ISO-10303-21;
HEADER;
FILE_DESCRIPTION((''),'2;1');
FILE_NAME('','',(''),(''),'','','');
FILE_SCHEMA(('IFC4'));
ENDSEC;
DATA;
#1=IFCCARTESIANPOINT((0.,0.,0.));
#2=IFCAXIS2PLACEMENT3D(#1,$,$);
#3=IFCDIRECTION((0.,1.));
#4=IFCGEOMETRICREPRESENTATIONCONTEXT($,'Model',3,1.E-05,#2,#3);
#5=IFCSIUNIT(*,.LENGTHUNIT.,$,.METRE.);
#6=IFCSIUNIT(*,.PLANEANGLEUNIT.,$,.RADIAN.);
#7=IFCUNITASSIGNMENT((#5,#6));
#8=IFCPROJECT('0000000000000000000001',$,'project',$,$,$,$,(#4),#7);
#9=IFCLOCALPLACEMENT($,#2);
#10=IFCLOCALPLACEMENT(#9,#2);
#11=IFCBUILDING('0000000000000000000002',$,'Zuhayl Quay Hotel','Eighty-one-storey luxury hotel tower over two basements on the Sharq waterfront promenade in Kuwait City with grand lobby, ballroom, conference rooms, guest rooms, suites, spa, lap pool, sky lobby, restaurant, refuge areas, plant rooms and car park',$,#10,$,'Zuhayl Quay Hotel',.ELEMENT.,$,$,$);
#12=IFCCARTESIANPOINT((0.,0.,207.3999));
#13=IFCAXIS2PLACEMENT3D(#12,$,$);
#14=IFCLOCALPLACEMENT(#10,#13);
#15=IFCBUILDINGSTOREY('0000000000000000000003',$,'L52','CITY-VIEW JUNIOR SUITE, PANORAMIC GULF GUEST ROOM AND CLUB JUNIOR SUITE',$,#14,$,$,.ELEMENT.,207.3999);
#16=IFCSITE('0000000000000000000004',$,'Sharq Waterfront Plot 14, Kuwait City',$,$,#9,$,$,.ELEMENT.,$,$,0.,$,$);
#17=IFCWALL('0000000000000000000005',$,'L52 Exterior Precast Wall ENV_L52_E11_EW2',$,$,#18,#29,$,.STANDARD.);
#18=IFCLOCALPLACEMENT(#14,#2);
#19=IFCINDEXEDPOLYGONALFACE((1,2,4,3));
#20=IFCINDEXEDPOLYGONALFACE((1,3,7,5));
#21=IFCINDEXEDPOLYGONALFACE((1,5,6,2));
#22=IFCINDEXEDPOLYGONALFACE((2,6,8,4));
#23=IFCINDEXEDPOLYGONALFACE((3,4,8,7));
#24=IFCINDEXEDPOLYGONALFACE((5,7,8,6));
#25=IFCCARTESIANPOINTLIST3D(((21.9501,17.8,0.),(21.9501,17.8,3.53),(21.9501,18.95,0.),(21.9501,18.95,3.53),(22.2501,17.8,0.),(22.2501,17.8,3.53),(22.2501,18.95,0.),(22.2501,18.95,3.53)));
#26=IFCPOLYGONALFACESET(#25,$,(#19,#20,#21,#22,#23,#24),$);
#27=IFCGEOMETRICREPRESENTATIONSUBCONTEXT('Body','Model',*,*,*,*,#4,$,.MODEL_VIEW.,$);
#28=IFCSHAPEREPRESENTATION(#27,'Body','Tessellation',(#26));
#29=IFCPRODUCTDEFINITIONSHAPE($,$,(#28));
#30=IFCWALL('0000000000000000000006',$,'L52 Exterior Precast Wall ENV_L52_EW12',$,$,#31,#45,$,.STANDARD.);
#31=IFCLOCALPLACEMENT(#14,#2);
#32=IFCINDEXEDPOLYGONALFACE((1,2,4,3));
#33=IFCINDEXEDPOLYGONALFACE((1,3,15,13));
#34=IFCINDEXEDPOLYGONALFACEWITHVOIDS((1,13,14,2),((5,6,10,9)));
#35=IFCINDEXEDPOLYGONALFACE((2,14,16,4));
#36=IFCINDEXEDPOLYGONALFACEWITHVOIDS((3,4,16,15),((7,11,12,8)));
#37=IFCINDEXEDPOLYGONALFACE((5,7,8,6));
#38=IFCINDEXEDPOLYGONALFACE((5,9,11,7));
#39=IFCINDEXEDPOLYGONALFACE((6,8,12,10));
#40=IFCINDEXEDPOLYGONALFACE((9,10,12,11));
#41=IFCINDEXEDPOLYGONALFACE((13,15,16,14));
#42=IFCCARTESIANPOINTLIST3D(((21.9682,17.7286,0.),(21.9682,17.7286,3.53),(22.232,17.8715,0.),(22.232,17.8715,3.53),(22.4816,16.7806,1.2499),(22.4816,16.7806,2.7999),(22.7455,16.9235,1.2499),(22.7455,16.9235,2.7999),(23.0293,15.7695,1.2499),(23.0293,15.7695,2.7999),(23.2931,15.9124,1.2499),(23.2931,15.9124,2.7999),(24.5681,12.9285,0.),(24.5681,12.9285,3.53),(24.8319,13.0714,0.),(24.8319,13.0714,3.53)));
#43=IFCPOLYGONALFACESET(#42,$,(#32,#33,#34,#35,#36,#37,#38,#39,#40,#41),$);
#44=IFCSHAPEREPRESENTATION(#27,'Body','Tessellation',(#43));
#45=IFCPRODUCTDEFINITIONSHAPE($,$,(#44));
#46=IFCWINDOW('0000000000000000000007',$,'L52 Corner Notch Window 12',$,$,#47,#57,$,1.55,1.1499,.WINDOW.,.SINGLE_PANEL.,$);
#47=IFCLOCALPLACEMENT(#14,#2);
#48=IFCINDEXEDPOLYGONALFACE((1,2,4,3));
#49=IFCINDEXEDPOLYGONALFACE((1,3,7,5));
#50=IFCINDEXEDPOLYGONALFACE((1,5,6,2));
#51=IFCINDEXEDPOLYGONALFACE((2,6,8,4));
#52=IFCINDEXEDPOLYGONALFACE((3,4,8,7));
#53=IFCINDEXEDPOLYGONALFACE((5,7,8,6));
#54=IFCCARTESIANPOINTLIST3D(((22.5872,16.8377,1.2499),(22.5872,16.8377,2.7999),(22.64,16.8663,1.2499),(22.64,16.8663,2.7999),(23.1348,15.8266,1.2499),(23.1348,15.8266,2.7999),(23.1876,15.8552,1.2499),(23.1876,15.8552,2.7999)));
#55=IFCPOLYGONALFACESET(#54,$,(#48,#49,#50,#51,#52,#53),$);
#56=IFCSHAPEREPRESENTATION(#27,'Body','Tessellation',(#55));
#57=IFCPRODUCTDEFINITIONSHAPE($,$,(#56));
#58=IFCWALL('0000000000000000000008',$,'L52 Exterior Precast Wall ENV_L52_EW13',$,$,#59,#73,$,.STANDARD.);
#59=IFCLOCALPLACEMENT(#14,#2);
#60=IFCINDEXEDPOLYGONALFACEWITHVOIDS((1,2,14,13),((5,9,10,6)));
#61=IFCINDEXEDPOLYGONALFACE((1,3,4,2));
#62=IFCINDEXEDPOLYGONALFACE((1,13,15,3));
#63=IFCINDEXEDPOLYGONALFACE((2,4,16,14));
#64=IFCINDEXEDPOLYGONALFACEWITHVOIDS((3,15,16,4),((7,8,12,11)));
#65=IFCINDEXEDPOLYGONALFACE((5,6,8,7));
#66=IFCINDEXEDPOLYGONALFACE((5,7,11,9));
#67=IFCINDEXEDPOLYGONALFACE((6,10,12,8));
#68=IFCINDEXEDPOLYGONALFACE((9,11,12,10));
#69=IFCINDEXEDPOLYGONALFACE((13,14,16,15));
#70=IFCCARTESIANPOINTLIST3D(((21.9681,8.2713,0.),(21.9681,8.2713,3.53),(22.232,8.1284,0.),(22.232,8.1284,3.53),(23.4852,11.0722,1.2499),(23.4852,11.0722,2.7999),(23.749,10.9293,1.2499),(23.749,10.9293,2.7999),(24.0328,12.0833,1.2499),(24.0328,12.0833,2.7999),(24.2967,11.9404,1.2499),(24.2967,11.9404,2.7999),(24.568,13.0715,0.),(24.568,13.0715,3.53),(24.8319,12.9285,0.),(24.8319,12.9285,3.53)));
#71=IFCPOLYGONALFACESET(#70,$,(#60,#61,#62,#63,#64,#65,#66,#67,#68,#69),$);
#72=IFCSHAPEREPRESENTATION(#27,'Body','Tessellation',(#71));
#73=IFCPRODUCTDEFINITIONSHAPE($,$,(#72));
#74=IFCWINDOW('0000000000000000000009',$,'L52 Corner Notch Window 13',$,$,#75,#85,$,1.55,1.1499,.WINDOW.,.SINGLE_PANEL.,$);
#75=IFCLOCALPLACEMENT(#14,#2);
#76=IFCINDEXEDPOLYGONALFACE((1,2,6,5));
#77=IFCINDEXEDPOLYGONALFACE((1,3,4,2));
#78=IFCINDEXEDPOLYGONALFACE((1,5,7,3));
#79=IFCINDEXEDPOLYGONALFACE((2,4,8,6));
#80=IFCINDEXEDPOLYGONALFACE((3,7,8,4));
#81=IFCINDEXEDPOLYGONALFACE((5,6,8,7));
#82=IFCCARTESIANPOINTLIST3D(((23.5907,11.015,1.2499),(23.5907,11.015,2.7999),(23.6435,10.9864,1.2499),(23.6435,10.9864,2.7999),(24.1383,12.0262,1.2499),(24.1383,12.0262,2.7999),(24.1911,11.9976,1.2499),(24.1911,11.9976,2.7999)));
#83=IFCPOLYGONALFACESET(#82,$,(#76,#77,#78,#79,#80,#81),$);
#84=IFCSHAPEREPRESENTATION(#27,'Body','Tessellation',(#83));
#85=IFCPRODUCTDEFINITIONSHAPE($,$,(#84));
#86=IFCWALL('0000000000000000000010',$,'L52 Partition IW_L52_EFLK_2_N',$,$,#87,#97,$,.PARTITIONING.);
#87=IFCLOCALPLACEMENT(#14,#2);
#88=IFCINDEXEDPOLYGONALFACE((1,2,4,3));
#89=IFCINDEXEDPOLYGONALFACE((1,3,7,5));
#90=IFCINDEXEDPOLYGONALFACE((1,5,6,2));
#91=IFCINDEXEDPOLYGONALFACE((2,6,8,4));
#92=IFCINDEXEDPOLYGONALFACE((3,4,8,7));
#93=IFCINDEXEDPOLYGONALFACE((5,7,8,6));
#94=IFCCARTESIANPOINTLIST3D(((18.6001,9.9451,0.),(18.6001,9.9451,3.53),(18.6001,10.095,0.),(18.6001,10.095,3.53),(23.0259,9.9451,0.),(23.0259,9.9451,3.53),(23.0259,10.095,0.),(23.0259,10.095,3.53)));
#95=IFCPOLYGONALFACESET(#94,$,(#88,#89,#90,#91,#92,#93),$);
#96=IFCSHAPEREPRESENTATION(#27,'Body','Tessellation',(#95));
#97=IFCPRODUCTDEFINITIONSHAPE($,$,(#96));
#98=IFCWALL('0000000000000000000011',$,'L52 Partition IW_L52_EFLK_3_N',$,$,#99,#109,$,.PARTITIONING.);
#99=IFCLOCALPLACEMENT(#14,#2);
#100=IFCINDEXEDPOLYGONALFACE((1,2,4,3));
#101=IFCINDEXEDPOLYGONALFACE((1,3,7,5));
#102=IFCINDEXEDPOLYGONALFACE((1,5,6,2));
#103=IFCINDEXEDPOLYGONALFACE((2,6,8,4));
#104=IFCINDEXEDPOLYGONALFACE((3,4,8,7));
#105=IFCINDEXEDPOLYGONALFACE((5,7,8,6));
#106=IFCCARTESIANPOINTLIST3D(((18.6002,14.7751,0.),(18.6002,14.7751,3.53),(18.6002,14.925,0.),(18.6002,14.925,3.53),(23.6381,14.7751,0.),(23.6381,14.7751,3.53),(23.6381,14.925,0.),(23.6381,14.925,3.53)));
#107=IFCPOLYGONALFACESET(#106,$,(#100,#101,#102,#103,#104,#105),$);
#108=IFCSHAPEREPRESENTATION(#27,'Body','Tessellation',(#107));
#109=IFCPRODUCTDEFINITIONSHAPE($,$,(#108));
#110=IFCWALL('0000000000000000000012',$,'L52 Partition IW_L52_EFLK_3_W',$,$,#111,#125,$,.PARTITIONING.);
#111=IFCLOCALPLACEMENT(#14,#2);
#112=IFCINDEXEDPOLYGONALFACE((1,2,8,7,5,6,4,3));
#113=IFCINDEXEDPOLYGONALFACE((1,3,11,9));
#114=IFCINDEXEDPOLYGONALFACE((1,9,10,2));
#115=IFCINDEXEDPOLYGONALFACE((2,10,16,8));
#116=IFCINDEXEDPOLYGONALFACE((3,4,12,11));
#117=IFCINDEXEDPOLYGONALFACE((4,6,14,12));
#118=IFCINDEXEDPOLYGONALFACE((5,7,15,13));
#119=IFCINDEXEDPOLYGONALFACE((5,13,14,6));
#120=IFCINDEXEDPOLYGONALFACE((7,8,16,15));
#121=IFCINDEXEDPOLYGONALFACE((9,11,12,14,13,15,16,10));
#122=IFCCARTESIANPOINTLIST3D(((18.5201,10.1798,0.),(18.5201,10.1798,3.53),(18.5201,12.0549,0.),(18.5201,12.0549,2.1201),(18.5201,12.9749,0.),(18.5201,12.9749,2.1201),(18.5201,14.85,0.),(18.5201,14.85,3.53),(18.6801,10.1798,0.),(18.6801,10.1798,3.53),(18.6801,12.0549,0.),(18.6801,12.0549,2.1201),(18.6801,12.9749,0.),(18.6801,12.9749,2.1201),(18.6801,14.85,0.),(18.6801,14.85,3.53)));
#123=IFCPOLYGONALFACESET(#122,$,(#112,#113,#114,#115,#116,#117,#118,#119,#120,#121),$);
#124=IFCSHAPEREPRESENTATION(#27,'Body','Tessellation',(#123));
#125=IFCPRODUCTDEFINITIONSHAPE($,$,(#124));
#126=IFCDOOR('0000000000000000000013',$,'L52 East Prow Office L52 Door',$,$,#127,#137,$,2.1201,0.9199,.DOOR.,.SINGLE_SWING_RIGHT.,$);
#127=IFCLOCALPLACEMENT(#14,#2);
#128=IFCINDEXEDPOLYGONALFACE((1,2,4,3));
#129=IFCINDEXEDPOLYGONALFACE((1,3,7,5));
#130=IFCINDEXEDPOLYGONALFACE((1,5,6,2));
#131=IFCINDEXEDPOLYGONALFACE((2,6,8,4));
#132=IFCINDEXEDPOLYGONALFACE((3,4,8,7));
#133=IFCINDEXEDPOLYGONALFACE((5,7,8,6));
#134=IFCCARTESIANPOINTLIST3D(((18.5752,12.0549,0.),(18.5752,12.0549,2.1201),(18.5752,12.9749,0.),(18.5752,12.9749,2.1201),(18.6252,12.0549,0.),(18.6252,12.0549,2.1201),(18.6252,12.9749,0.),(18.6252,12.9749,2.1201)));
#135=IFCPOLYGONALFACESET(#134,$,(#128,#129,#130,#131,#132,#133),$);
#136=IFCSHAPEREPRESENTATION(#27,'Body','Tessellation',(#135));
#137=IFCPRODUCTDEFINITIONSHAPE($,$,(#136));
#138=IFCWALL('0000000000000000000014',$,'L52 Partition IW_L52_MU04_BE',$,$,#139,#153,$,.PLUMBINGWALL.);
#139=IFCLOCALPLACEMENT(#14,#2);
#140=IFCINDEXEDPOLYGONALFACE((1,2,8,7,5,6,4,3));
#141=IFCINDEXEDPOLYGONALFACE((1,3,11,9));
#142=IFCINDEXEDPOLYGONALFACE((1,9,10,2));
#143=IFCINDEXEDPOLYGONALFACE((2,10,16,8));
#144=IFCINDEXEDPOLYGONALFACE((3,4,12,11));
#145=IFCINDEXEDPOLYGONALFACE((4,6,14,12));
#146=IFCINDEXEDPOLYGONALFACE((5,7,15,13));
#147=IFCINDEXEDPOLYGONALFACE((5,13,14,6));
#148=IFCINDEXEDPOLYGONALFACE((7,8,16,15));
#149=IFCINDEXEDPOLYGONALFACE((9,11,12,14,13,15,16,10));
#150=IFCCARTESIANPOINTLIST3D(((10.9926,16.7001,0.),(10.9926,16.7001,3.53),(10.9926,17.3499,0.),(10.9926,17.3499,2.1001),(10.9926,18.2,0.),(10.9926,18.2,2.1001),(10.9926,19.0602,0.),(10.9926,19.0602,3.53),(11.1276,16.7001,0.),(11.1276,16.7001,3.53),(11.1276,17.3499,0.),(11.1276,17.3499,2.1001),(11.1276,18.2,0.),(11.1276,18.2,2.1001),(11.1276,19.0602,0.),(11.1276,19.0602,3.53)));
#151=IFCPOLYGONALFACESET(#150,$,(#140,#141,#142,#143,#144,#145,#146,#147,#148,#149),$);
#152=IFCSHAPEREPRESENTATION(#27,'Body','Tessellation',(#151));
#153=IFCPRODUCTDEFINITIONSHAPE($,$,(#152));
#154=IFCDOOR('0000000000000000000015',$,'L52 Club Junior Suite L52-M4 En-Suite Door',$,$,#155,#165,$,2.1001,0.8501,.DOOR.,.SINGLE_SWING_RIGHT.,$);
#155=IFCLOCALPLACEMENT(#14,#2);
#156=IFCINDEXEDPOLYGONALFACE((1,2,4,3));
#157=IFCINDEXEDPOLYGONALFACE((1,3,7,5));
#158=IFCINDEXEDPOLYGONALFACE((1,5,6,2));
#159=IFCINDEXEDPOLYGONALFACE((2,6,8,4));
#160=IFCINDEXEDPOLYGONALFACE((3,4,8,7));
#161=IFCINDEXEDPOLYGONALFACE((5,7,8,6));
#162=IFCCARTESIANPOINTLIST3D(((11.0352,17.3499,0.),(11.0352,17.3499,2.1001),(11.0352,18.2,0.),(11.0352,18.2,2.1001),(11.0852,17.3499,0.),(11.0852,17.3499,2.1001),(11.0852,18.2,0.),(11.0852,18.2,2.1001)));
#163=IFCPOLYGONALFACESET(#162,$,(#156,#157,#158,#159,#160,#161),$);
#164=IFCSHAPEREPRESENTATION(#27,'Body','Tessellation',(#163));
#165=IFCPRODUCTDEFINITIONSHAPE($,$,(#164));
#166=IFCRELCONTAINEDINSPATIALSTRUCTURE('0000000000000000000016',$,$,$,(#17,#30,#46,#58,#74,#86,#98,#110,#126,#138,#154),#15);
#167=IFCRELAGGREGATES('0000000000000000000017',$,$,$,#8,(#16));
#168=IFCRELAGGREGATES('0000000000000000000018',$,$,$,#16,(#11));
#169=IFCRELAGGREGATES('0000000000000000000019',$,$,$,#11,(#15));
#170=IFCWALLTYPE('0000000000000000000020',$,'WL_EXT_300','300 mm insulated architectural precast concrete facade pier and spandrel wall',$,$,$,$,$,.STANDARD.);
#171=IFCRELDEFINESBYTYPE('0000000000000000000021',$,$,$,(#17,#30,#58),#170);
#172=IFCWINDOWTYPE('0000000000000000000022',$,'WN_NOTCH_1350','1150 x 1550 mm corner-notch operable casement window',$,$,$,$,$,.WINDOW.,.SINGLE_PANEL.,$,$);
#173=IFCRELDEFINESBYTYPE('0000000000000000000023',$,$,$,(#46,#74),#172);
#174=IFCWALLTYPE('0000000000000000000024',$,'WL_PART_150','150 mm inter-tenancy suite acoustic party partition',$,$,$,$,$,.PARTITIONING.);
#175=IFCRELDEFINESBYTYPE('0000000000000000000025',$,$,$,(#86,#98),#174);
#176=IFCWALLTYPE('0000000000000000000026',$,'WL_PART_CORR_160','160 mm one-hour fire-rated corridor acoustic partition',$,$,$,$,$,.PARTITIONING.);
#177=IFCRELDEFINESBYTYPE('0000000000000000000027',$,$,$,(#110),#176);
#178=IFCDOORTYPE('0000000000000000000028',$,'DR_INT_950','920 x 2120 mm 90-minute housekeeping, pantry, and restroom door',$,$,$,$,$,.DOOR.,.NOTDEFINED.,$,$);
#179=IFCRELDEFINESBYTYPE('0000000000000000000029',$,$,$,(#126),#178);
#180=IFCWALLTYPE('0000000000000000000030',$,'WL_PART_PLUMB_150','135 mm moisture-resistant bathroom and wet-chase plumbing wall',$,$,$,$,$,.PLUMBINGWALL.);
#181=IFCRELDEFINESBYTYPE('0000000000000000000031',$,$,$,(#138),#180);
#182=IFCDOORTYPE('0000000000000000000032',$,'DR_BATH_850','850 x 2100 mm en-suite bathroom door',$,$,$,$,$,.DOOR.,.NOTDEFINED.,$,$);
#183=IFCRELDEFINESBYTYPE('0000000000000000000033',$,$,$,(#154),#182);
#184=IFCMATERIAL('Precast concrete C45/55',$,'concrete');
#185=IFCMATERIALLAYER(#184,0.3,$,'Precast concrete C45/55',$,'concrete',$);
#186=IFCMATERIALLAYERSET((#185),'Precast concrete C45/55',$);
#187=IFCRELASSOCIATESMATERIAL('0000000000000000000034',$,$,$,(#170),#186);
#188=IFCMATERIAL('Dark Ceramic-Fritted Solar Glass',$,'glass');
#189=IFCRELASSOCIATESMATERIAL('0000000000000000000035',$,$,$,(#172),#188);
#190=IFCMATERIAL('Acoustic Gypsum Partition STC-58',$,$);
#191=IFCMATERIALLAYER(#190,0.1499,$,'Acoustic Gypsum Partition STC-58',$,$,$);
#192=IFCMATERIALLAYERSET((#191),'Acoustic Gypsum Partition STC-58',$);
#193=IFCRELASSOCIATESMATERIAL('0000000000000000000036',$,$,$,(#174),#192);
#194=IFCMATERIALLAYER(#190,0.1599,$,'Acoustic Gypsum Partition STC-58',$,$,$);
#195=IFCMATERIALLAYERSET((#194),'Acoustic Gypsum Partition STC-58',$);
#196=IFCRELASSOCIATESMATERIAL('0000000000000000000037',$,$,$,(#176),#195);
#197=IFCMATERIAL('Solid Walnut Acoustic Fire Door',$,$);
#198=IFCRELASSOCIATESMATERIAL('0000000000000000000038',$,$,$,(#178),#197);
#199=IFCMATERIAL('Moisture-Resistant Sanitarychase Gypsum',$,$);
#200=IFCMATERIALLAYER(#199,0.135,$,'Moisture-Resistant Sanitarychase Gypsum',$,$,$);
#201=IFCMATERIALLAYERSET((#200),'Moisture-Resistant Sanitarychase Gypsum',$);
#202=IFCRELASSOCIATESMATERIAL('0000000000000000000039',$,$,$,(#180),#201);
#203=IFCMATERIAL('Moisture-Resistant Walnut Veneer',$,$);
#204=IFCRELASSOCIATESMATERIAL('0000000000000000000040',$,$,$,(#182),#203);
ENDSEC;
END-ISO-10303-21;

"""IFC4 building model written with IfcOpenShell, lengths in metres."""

from ifc_helpers import new_model, si_unit, direction, frame, frame_2d, origin, place, context, subcontext, project, spatial, rectangle, extrude, material, layer, layer_set, type_object, element, fill, save


model = new_model("IFC4")

# Units and contexts
model_context = context("Model", 3, precision=1e-05, world=origin(), true_north=direction((0.0, 1.0)))
body_context = subcontext(model_context, "Body", "Model", "MODEL_VIEW")
ifc_project = project(units=[si_unit("LENGTHUNIT", "METRE"), si_unit("PLANEANGLEUNIT", "RADIAN")], contexts=[model_context])

# Site, building, storey
site_placement = place(None, origin())
site = spatial("IfcSite", under=ifc_project, at=site_placement, Name="Sharq Waterfront Plot 14, Kuwait City", CompositionType="ELEMENT", RefElevation=0.0)
building_placement = place(site_placement, origin())
building = spatial("IfcBuilding", under=site, at=building_placement, Name="Zuhayl Quay Hotel", Description="Eighty-one-storey luxury hotel tower over two basements on the Sharq waterfront promenade in Kuwait City with grand lobby, ballroom, conference rooms, guest rooms, suites, spa, lap pool, sky lobby, restaurant, refuge areas, plant rooms and car park", LongName="Zuhayl Quay Hotel", CompositionType="ELEMENT")
storey_placement = place(building_placement, frame((0.0, 0.0, 207.3999)))
storey = spatial("IfcBuildingStorey", under=building, at=storey_placement, Name="L52", Description="CITY-VIEW JUNIOR SUITE, PANORAMIC GULF GUEST ROOM AND CLUB JUNIOR SUITE", CompositionType="ELEMENT", Elevation=207.3999)

# Shared definitions
ifc_material_1 = material(Name="Dark Ceramic-Fritted Solar Glass", Category="glass")

# Wall
ifc_material_2 = material(Name="Precast concrete C45/55", Category="concrete")
ifc_layer_1 = layer(ifc_material_2, 0.3, Name="Precast concrete C45/55", Category="concrete")
ifc_layer_set_1 = layer_set([ifc_layer_1], Name="Precast concrete C45/55")
wall_type_1 = type_object("IfcWallType", Name="WL_EXT_300", Description="300 mm insulated architectural precast concrete facade pier and spandrel wall", PredefinedType="STANDARD", material=ifc_layer_set_1)
wall_1_placement = place(storey_placement, frame((22.1001, 18.95, 0.0), z_axis=(0.0, 0.0, 1.0), x_axis=(0.0, -1.0, 0.0)))
element("IfcWall", 1, at=wall_1_placement, inside=storey, type_object=wall_type_1, Name="L52 Exterior Precast Wall ENV_L52_E11_EW2", PredefinedType="STANDARD", context=body_context, shape_type="SweptSolid", body=[
    extrude(rectangle(XDim=1.1499, YDim=0.3, at=frame_2d((0.575, 0.0))), origin(), (0.0, 0.0, 1.0), 3.53),
])

# Walls, openings, windows
wall_2_placement = place(storey_placement, frame((22.1001, 17.8, 0.0), z_axis=(0.0, 0.0, 1.0), x_axis=(0.476259, -0.879305, 0.0)))
wall_2 = element("IfcWall", 2, at=wall_2_placement, inside=storey, type_object=wall_type_1, Name="L52 Exterior Precast Wall ENV_L52_EW12", PredefinedType="STANDARD", context=body_context, shape_type="SweptSolid", body=[
    extrude(rectangle(XDim=5.459, YDim=0.3, at=frame_2d((2.7295, 0.0))), origin(), (0.0, 0.0, 1.0), 3.53),
])
opening_1_placement = place(wall_2_placement, frame((1.0781, 0.0, 1.25)))
opening_1 = element("IfcOpeningElement", 3, at=opening_1_placement, cuts=wall_2, PredefinedType="OPENING", context=body_context, shape_type="SweptSolid", body=[
    extrude(rectangle(XDim=1.1499, YDim=1.55, at=frame_2d((0.575, 0.7749))), frame((0.0, 0.1599, 0.0), z_axis=(0.0, -1.0, 0.0), x_axis=(1.0, 0.0, 0.0)), (0.0, 0.0, 1.0), 0.3201),
])
window_type = type_object("IfcWindowType", Name="WN_NOTCH_1350", Description="1150 x 1550 mm corner-notch operable casement window", PartitioningType="SINGLE_PANEL", PredefinedType="WINDOW", material=ifc_material_1)
window_1_placement = place(opening_1_placement, origin())
window_1 = element("IfcWindow", 4, at=window_1_placement, inside=storey, type_object=window_type, Name="L52 Corner Notch Window 12", OverallHeight=1.55, OverallWidth=1.1499, PartitioningType="SINGLE_PANEL", PredefinedType="WINDOW", context=body_context, shape_type="SweptSolid", body=[
    extrude(rectangle(XDim=1.1499, YDim=1.55, at=frame_2d((0.575, 0.7749))), frame((0.0, 0.03, 0.0), z_axis=(0.0, -1.0, 0.0), x_axis=(1.0, 0.0, 0.0)), (0.0, 0.0, 1.0), 0.0601),
])
fill(opening_1, window_1)
wall_3_placement = place(storey_placement, frame((24.7, 13.0, 0.0), z_axis=(0.0, 0.0, 1.0), x_axis=(-0.476259, -0.879305, 0.0)))
wall_3 = element("IfcWall", 5, at=wall_3_placement, inside=storey, type_object=wall_type_1, Name="L52 Exterior Precast Wall ENV_L52_EW13", PredefinedType="STANDARD", context=body_context, shape_type="SweptSolid", body=[
    extrude(rectangle(XDim=5.459, YDim=0.3, at=frame_2d((2.7295, 0.0))), origin(), (0.0, 0.0, 1.0), 3.53),
])
opening_2_placement = place(wall_3_placement, frame((1.1238, 0.0, 1.25)))
opening_2 = element("IfcOpeningElement", 6, at=opening_2_placement, cuts=wall_3, PredefinedType="OPENING", context=body_context, shape_type="SweptSolid", body=[
    extrude(rectangle(XDim=1.1499, YDim=1.55, at=frame_2d((0.575, 0.7749))), frame((0.0, 0.1599, 0.0), z_axis=(0.0, -1.0, 0.0), x_axis=(1.0, 0.0, 0.0)), (0.0, 0.0, 1.0), 0.3201),
])
window_2_placement = place(opening_2_placement, origin())
window_2 = element("IfcWindow", 7, at=window_2_placement, inside=storey, type_object=window_type, Name="L52 Corner Notch Window 13", OverallHeight=1.55, OverallWidth=1.1499, PartitioningType="SINGLE_PANEL", PredefinedType="WINDOW", context=body_context, shape_type="SweptSolid", body=[
    extrude(rectangle(XDim=1.1499, YDim=1.55, at=frame_2d((0.575, 0.7749))), frame((0.0, 0.03, 0.0), z_axis=(0.0, -1.0, 0.0), x_axis=(1.0, 0.0, 0.0)), (0.0, 0.0, 1.0), 0.0601),
])
fill(opening_2, window_2)

# Walls
ifc_material_3 = material(Name="Acoustic Gypsum Partition STC-58")
ifc_layer_2 = layer(ifc_material_3, 0.1499, Name="Acoustic Gypsum Partition STC-58")
ifc_layer_set_2 = layer_set([ifc_layer_2], Name="Acoustic Gypsum Partition STC-58")
wall_type_2 = type_object("IfcWallType", Name="WL_PART_150", Description="150 mm inter-tenancy suite acoustic party partition", PredefinedType="PARTITIONING", material=ifc_layer_set_2)
wall_4_placement = place(storey_placement, frame((18.6001, 10.02, 0.0), z_axis=(0.0, 0.0, 1.0), x_axis=(1.0, 0.0, 0.0)))
element("IfcWall", 8, at=wall_4_placement, inside=storey, type_object=wall_type_2, Name="L52 Partition IW_L52_EFLK_2_N", PredefinedType="PARTITIONING", context=body_context, shape_type="SweptSolid", body=[
    extrude(rectangle(XDim=4.4258, YDim=0.1499, at=frame_2d((2.2129, 0.0))), origin(), (0.0, 0.0, 1.0), 3.53),
])
wall_5_placement = place(storey_placement, frame((18.6001, 14.8501, 0.0), z_axis=(0.0, 0.0, 1.0), x_axis=(1.0, 0.0, 0.0)))
element("IfcWall", 9, at=wall_5_placement, inside=storey, type_object=wall_type_2, Name="L52 Partition IW_L52_EFLK_3_N", PredefinedType="PARTITIONING", context=body_context, shape_type="SweptSolid", body=[
    extrude(rectangle(XDim=5.0378, YDim=0.1499, at=frame_2d((2.519, 0.0))), origin(), (0.0, 0.0, 1.0), 3.53),
])

# Walls, openings, doors
ifc_layer_3 = layer(ifc_material_3, 0.1599, Name="Acoustic Gypsum Partition STC-58")
ifc_layer_set_3 = layer_set([ifc_layer_3], Name="Acoustic Gypsum Partition STC-58")
wall_type_3 = type_object("IfcWallType", Name="WL_PART_CORR_160", Description="160 mm one-hour fire-rated corridor acoustic partition", PredefinedType="PARTITIONING", material=ifc_layer_set_3)
wall_6_placement = place(storey_placement, frame((18.6001, 10.1799, 0.0), z_axis=(0.0, 0.0, 1.0), x_axis=(0.0, 1.0, 0.0)))
wall_6 = element("IfcWall", 10, at=wall_6_placement, inside=storey, type_object=wall_type_3, Name="L52 Partition IW_L52_EFLK_3_W", PredefinedType="PARTITIONING", context=body_context, shape_type="SweptSolid", body=[
    extrude(rectangle(XDim=4.6702, YDim=0.1599, at=frame_2d((2.335, 0.0))), origin(), (0.0, 0.0, 1.0), 3.53),
])
opening_3_placement = place(wall_6_placement, frame((1.875, 0.0, 0.0)))
opening_3 = element("IfcOpeningElement", 11, at=opening_3_placement, cuts=wall_6, PredefinedType="OPENING", context=body_context, shape_type="SweptSolid", body=[
    extrude(rectangle(XDim=0.9199, YDim=2.1201, at=frame_2d((0.46, 1.0601))), frame((0.0, 0.0898, 0.0), z_axis=(0.0, -1.0, 0.0), x_axis=(1.0, 0.0, 0.0)), (0.0, 0.0, 1.0), 0.1799),
])
ifc_material_4 = material(Name="Solid Walnut Acoustic Fire Door")
door_type_1 = type_object("IfcDoorType", Name="DR_INT_950", Description="920 x 2120 mm 90-minute housekeeping, pantry, and restroom door", OperationType="NOTDEFINED", PredefinedType="DOOR", material=ifc_material_4)
door_1_placement = place(opening_3_placement, origin())
door_1 = element("IfcDoor", 12, at=door_1_placement, inside=storey, type_object=door_type_1, Name="L52 East Prow Office L52 Door", OperationType="SINGLE_SWING_RIGHT", OverallHeight=2.1201, OverallWidth=0.9199, PredefinedType="DOOR", context=body_context, shape_type="SweptSolid", body=[
    extrude(rectangle(XDim=0.9199, YDim=2.1201, at=frame_2d((0.46, 1.0601))), frame((0.0, 0.0249, 0.0), z_axis=(0.0, -1.0, 0.0), x_axis=(1.0, 0.0, 0.0)), (0.0, 0.0, 1.0), 0.05),
])
fill(opening_3, door_1)
ifc_material_5 = material(Name="Moisture-Resistant Sanitarychase Gypsum")
ifc_layer_4 = layer(ifc_material_5, 0.135, Name="Moisture-Resistant Sanitarychase Gypsum")
ifc_layer_set_4 = layer_set([ifc_layer_4], Name="Moisture-Resistant Sanitarychase Gypsum")
wall_type_4 = type_object("IfcWallType", Name="WL_PART_PLUMB_150", Description="135 mm moisture-resistant bathroom and wet-chase plumbing wall", PredefinedType="PLUMBINGWALL", material=ifc_layer_set_4)
wall_7_placement = place(storey_placement, frame((11.0601, 16.7, 0.0), z_axis=(0.0, 0.0, 1.0), x_axis=(0.0, 1.0, 0.0)))
wall_7 = element("IfcWall", 13, at=wall_7_placement, inside=storey, type_object=wall_type_4, Name="L52 Partition IW_L52_MU04_BE", PredefinedType="PLUMBINGWALL", context=body_context, shape_type="SweptSolid", body=[
    extrude(rectangle(XDim=2.3601, YDim=0.135, at=frame_2d((1.1802, 0.0))), origin(), (0.0, 0.0, 1.0), 3.53),
])
opening_4_placement = place(wall_7_placement, frame((0.6499, 0.0, 0.0)))
opening_4 = element("IfcOpeningElement", 14, at=opening_4_placement, cuts=wall_7, PredefinedType="OPENING", context=body_context, shape_type="SweptSolid", body=[
    extrude(rectangle(XDim=0.8501, YDim=2.1001, at=frame_2d((0.425, 1.05))), frame((0.0, 0.0774, 0.0), z_axis=(0.0, -1.0, 0.0), x_axis=(1.0, 0.0, 0.0)), (0.0, 0.0, 1.0), 0.155),
])
ifc_material_6 = material(Name="Moisture-Resistant Walnut Veneer")
door_type_2 = type_object("IfcDoorType", Name="DR_BATH_850", Description="850 x 2100 mm en-suite bathroom door", OperationType="NOTDEFINED", PredefinedType="DOOR", material=ifc_material_6)
door_2_placement = place(opening_4_placement, origin())
door_2 = element("IfcDoor", 15, at=door_2_placement, inside=storey, type_object=door_type_2, Name="L52 Club Junior Suite L52-M4 En-Suite Door", OperationType="SINGLE_SWING_RIGHT", OverallHeight=2.1001, OverallWidth=0.8501, PredefinedType="DOOR", context=body_context, shape_type="SweptSolid", body=[
    extrude(rectangle(XDim=0.8501, YDim=2.1001, at=frame_2d((0.425, 1.05))), frame((0.0, 0.0249, 0.0), z_axis=(0.0, -1.0, 0.0), x_axis=(1.0, 0.0, 0.0)), (0.0, 0.0, 1.0), 0.05),
])
fill(opening_4, door_2)

save(model, "model.ifc")
